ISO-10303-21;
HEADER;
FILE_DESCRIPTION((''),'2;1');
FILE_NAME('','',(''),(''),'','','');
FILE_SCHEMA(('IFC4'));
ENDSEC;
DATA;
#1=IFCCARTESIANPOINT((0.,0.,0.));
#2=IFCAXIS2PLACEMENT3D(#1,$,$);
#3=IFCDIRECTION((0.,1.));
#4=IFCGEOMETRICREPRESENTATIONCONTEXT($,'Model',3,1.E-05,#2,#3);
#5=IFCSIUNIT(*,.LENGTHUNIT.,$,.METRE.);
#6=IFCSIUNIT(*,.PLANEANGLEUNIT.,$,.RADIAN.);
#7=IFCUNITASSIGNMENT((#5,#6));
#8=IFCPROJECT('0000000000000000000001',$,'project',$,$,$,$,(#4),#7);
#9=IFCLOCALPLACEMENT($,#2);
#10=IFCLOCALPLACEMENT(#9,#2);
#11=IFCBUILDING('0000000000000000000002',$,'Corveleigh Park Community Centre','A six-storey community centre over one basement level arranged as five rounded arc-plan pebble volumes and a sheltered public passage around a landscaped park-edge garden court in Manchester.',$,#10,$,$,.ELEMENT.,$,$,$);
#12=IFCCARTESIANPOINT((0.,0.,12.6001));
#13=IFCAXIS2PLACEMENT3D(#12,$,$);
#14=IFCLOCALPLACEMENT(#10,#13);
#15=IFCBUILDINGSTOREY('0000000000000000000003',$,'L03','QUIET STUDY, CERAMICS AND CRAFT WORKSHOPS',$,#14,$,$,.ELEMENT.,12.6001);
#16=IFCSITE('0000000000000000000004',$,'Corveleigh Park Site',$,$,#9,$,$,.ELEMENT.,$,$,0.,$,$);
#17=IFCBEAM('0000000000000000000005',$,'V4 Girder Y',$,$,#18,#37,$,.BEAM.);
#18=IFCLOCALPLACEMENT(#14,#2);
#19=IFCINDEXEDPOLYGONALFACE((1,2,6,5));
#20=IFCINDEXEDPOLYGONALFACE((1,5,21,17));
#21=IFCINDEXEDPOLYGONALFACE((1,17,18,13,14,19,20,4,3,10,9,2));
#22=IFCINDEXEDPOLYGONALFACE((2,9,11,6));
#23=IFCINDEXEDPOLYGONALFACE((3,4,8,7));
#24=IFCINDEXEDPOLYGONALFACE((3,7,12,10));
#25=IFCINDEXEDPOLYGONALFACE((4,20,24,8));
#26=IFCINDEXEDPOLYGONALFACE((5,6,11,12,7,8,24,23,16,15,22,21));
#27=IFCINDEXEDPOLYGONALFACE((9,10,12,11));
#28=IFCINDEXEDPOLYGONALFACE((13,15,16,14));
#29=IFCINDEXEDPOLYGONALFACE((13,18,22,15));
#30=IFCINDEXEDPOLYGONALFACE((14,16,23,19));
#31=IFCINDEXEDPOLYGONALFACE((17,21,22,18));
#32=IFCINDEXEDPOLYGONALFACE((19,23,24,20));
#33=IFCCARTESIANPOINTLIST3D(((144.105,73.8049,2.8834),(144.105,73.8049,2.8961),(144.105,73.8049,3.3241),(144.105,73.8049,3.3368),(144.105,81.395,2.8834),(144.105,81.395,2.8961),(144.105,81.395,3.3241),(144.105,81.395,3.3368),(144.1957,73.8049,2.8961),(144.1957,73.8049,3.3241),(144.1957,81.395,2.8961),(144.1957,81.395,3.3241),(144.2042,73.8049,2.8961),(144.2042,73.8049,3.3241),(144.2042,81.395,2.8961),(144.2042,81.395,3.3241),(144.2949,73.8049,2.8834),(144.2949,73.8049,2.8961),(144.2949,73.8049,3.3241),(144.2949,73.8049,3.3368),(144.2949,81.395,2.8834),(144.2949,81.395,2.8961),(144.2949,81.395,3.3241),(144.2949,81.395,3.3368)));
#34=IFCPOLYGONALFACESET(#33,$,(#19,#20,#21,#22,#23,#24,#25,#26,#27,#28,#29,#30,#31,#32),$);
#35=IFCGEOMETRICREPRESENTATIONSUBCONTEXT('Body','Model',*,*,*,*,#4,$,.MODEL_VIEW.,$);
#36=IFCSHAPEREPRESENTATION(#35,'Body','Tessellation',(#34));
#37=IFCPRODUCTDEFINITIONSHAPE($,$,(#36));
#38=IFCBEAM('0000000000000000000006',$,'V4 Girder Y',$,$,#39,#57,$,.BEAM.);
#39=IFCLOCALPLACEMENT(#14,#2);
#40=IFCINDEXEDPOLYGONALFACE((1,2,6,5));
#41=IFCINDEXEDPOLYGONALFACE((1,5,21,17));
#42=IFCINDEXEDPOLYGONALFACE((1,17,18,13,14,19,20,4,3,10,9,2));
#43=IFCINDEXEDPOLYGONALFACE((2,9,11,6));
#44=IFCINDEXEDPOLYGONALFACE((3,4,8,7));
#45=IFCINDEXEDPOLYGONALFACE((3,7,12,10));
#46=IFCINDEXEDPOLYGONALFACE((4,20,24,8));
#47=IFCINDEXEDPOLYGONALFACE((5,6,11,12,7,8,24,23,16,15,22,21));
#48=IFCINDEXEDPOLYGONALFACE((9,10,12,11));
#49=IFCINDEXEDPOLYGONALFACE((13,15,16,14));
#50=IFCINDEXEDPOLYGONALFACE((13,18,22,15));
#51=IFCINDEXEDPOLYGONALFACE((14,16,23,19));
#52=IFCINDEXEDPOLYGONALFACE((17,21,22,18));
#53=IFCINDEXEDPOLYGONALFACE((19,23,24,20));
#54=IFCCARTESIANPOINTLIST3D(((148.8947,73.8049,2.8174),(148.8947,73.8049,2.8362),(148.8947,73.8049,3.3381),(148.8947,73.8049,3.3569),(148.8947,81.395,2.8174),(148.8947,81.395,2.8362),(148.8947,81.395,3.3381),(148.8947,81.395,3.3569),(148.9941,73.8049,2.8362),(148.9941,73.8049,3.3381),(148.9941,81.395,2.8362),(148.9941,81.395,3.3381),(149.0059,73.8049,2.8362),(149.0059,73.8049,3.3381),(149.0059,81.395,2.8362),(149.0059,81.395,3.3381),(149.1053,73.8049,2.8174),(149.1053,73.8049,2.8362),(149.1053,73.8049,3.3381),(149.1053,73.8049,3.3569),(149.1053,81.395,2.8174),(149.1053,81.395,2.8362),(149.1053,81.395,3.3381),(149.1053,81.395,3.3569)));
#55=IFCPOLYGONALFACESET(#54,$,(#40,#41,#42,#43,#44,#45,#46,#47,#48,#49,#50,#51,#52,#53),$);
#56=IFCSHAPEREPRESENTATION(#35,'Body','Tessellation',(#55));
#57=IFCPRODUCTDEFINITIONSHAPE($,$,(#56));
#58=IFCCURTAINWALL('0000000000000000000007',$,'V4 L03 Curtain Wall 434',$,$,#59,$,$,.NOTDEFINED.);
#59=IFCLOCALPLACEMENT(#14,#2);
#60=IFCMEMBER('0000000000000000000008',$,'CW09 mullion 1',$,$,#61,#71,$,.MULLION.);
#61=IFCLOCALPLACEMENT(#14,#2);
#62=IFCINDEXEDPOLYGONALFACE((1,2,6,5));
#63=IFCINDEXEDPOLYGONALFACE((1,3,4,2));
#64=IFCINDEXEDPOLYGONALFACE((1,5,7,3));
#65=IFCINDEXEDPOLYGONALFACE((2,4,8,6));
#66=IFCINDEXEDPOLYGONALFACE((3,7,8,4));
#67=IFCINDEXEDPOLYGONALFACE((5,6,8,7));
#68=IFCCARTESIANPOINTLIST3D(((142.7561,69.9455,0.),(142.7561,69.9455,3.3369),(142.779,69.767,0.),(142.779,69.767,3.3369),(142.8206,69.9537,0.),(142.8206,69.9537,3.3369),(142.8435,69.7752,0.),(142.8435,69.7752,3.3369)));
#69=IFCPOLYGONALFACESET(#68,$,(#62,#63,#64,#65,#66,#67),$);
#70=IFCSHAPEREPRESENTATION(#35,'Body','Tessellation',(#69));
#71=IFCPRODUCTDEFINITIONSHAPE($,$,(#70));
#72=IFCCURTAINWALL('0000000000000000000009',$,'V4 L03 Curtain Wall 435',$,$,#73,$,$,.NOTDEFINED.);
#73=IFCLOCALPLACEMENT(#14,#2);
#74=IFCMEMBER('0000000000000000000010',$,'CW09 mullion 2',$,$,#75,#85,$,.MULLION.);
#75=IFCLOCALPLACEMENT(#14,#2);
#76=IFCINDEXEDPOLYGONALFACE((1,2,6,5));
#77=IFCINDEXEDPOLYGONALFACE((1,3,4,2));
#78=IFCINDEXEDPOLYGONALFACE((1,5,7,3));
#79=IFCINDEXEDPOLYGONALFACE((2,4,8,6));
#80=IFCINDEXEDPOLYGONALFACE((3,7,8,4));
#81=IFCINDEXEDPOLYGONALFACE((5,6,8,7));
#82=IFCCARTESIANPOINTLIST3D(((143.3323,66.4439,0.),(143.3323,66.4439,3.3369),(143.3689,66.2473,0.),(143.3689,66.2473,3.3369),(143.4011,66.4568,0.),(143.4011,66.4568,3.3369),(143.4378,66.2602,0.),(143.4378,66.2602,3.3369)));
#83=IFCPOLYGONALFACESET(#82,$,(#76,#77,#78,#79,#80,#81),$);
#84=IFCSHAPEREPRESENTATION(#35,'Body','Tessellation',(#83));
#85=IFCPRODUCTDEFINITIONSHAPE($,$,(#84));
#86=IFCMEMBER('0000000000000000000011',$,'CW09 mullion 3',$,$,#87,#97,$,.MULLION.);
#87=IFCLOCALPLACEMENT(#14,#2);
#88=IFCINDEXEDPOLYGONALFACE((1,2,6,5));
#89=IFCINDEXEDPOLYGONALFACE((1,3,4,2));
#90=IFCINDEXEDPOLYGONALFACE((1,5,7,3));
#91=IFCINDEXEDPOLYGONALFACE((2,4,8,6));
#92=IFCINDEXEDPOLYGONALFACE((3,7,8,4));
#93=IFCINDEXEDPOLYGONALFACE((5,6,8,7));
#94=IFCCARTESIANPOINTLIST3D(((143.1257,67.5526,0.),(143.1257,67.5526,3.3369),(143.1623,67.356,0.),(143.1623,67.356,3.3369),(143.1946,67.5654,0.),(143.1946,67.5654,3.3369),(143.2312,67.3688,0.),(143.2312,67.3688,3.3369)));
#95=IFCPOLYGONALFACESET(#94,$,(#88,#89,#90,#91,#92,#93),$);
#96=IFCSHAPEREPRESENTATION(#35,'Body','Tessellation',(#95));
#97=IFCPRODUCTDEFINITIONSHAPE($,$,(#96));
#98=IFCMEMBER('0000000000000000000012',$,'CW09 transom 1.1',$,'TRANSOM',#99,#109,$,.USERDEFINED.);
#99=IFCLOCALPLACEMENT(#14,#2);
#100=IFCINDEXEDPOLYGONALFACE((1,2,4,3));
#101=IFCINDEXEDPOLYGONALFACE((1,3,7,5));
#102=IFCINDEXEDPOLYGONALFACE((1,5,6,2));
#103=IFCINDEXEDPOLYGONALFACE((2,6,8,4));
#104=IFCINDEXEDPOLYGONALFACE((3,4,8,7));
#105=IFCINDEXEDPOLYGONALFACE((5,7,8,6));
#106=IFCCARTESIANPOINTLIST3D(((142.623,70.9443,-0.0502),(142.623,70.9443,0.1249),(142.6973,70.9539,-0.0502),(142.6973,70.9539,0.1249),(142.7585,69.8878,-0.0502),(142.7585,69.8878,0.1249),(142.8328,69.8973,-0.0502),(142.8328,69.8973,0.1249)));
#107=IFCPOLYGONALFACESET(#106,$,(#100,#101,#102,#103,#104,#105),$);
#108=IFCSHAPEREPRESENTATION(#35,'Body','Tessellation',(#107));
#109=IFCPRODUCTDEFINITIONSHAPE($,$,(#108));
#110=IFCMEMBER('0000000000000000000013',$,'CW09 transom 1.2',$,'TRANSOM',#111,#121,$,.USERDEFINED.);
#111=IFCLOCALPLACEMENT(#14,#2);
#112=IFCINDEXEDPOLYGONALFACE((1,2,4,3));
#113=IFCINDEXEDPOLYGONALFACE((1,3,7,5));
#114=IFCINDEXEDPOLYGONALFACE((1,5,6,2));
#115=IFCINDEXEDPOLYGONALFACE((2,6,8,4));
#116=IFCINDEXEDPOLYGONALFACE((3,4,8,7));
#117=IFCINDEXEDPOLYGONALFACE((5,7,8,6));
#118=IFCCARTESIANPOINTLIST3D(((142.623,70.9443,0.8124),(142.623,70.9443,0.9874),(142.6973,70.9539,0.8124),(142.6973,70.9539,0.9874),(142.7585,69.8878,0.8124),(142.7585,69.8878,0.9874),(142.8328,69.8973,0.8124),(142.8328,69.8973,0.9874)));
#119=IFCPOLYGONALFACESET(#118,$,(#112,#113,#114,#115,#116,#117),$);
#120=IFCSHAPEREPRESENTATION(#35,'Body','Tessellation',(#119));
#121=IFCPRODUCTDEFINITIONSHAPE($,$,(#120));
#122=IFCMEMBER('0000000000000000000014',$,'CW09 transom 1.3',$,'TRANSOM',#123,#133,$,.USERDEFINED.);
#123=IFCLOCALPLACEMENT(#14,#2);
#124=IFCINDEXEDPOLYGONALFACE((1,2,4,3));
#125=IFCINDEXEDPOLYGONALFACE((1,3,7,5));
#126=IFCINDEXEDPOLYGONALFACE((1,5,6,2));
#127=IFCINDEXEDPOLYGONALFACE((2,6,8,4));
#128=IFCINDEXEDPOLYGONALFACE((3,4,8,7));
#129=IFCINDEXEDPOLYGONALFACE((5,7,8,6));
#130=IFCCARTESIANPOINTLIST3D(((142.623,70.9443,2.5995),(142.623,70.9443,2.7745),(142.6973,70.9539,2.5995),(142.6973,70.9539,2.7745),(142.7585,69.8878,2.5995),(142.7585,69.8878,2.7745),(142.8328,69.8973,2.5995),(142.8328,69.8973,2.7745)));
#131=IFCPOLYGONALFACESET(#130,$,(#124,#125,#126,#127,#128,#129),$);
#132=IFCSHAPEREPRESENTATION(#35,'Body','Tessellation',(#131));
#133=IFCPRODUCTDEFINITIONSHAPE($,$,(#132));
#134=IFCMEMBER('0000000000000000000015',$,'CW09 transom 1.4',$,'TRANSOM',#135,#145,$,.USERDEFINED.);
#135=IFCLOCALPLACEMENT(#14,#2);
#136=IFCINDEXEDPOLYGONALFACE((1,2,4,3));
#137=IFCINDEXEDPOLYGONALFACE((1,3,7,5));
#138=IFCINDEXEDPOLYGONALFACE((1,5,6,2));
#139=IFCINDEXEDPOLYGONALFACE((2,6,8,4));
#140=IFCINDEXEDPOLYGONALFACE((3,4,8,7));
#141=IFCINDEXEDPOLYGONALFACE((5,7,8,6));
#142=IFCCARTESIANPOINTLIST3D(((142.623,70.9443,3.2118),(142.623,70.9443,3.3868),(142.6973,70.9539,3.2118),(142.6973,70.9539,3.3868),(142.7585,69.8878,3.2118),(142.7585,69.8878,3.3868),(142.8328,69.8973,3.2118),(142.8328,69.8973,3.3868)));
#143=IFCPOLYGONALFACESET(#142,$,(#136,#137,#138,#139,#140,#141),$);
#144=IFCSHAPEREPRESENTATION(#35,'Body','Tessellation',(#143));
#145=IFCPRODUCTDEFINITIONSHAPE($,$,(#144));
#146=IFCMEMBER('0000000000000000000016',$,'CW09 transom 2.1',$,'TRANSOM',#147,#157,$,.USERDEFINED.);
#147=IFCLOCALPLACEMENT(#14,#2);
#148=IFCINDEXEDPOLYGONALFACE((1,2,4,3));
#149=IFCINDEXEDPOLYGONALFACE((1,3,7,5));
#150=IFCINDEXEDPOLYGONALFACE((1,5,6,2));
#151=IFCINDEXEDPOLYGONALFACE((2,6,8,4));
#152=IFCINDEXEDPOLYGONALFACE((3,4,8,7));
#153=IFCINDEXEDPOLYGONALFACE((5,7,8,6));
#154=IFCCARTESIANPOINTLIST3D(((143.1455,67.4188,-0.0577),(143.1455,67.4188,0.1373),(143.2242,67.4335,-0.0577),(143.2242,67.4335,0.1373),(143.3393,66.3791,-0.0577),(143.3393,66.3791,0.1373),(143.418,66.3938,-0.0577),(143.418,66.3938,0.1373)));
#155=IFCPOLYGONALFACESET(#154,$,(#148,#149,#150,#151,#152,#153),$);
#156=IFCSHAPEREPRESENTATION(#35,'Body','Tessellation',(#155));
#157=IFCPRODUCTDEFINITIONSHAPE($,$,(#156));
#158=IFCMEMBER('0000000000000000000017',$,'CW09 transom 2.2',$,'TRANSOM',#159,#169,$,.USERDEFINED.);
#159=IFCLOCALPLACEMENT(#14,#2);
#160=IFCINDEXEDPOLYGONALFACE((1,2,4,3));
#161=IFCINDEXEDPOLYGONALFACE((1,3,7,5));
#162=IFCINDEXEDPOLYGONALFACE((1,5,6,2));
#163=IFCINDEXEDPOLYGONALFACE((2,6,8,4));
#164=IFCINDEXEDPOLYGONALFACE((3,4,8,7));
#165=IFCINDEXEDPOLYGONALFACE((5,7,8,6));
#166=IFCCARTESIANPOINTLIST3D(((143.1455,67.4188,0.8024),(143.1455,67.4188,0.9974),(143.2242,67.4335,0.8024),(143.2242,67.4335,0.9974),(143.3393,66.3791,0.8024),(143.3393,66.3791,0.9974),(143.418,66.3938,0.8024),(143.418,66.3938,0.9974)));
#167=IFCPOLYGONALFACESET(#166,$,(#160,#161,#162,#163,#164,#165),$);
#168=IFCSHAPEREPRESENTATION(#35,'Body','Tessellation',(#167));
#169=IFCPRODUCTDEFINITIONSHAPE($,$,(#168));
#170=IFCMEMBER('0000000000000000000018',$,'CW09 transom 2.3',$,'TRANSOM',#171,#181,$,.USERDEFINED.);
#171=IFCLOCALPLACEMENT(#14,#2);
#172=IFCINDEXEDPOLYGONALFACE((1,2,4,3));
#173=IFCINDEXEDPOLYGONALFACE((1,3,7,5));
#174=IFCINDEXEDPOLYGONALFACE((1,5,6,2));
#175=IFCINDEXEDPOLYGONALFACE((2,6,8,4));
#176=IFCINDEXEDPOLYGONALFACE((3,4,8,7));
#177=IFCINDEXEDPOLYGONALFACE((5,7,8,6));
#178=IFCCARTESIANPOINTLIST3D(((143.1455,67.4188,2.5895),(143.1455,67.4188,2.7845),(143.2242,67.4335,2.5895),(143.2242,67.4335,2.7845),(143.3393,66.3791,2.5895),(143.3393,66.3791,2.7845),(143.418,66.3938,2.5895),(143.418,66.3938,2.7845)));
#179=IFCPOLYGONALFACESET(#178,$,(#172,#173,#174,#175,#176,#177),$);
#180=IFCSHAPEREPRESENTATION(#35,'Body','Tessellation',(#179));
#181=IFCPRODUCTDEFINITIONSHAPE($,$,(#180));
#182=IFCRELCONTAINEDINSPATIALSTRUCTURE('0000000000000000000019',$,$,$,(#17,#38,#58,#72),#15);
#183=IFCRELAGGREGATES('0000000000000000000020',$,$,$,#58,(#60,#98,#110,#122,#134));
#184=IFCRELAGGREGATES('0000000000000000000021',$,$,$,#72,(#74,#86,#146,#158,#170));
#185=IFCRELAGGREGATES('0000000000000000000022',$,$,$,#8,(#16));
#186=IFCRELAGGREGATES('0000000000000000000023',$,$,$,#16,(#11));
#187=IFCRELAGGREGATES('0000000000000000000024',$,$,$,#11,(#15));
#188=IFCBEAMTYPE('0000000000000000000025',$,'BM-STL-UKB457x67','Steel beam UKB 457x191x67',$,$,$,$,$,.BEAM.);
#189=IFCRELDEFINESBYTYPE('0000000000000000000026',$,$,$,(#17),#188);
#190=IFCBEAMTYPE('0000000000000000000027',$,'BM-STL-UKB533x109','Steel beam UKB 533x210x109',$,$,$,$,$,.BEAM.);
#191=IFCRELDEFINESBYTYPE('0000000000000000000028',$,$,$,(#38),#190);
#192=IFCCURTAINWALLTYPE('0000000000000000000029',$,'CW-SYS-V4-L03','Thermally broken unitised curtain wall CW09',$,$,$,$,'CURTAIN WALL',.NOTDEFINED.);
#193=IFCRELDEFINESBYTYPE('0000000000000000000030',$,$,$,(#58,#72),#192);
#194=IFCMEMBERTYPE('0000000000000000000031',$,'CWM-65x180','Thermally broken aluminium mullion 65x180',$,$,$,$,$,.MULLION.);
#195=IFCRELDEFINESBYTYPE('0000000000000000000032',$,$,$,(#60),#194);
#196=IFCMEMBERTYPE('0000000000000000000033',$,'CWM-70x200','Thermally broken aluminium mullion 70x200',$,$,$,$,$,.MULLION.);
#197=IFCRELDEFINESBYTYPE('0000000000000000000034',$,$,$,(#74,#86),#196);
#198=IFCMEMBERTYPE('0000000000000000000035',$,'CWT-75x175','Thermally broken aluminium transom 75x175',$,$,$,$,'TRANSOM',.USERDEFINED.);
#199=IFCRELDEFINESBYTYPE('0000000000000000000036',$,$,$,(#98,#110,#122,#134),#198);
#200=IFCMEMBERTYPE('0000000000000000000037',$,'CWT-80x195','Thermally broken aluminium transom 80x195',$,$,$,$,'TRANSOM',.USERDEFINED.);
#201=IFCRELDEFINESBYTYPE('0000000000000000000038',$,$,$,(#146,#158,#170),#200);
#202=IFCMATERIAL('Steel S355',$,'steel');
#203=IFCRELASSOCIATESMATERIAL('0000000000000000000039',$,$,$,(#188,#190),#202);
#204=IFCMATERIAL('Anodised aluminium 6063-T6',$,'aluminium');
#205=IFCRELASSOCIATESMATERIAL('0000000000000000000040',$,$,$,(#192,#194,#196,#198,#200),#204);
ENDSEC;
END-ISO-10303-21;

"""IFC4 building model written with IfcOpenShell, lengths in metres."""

from ifc_helpers import new_model, si_unit, direction, frame, origin, origin_2d, place, context, subcontext, project, spatial, rectangle, i_section, extrude, material, material_profile, profile_set, type_object, element, aggregate, save


model = new_model("IFC4")

# Units and contexts
model_context = context("Model", 3, precision=1e-05, world=origin(), true_north=direction((0.0, 1.0)))
body_context = subcontext(model_context, "Body", "Model", "MODEL_VIEW")
ifc_project = project(units=[si_unit("LENGTHUNIT", "METRE"), si_unit("PLANEANGLEUNIT", "RADIAN")], contexts=[model_context])

# Site, building, storey
site_placement = place(None, origin())
site = spatial("IfcSite", under=ifc_project, at=site_placement, Name="Corveleigh Park Site", CompositionType="ELEMENT", RefElevation=0.0)
building_placement = place(site_placement, origin())
building = spatial("IfcBuilding", under=site, at=building_placement, Name="Corveleigh Park Community Centre", Description="A six-storey community centre over one basement level arranged as five rounded arc-plan pebble volumes and a sheltered public passage around a landscaped park-edge garden court in Manchester.", CompositionType="ELEMENT")
storey_placement = place(building_placement, frame((0.0, 0.0, 12.6001)))
storey = spatial("IfcBuildingStorey", under=building, at=storey_placement, Name="L03", Description="QUIET STUDY, CERAMICS AND CRAFT WORKSHOPS", CompositionType="ELEMENT", Elevation=12.6001)

# Shared definitions
ifc_material_1 = material(Name="Steel S355", Category="steel")

# Beams
ifc_material_profile_1 = material_profile(ifc_material_1, i_section(OverallWidth=0.1899, OverallDepth=0.4534, WebThickness=0.0085, FlangeThickness=0.0127, at=origin_2d()), Name="UKB 457x191x67", Category="steel")
ifc_profile_set_1 = profile_set([ifc_material_profile_1], Name="Steel S355")
beam_type_1 = type_object("IfcBeamType", Name="BM-STL-UKB457x67", Description="Steel beam UKB 457x191x67", PredefinedType="BEAM", material=ifc_profile_set_1)
beam_1_placement = place(storey_placement, frame((144.2, 73.8049, 3.1101), z_axis=(0.0, 1.0, 0.0), x_axis=(-1.0, 0.0, 0.0)))
element("IfcBeam", 1, at=beam_1_placement, inside=storey, type_object=beam_type_1, Name="V4 Girder Y", PredefinedType="BEAM", context=body_context, shape_type="SweptSolid", body=[
    extrude(i_section(OverallWidth=0.1899, OverallDepth=0.4534, WebThickness=0.0085, FlangeThickness=0.0127, at=origin_2d()), origin(), (0.0, 0.0, 1.0), 7.5901),
])
ifc_material_profile_2 = material_profile(ifc_material_1, i_section(OverallWidth=0.2107, OverallDepth=0.5396, WebThickness=0.0117, FlangeThickness=0.0188, at=origin_2d()), Name="UKB 533x210x109", Category="steel")
ifc_profile_set_2 = profile_set([ifc_material_profile_2], Name="Steel S355")
beam_type_2 = type_object("IfcBeamType", Name="BM-STL-UKB533x109", Description="Steel beam UKB 533x210x109", PredefinedType="BEAM", material=ifc_profile_set_2)
beam_2_placement = place(storey_placement, frame((149.0, 73.8049, 3.0872), z_axis=(0.0, 1.0, 0.0), x_axis=(-1.0, 0.0, 0.0)))
element("IfcBeam", 2, at=beam_2_placement, inside=storey, type_object=beam_type_2, Name="V4 Girder Y", PredefinedType="BEAM", context=body_context, shape_type="SweptSolid", body=[
    extrude(i_section(OverallWidth=0.2107, OverallDepth=0.5396, WebThickness=0.0117, FlangeThickness=0.0188, at=origin_2d()), origin(), (0.0, 0.0, 1.0), 7.5901),
])

# Curtain wall, member
ifc_material_2 = material(Name="Anodised aluminium 6063-T6", Category="aluminium")
curtain_wall_type = type_object("IfcCurtainWallType", Name="CW-SYS-V4-L03", Description="Thermally broken unitised curtain wall CW09", ElementType="CURTAIN WALL", PredefinedType="NOTDEFINED", material=ifc_material_2)
curtain_wall_1_placement = place(storey_placement, origin())
curtain_wall_1 = element("IfcCurtainWall", 3, at=curtain_wall_1_placement, inside=storey, type_object=curtain_wall_type, Name="V4 L03 Curtain Wall 434", PredefinedType="NOTDEFINED")
ifc_material_profile_3 = material_profile(ifc_material_2, rectangle(XDim=0.0649, YDim=0.1799, at=origin_2d()), Name="ALU-M65x180", Category="aluminium")
ifc_profile_set_3 = profile_set([ifc_material_profile_3], Name="Anodised aluminium 6063-T6")
member_type_1 = type_object("IfcMemberType", Name="CWM-65x180", Description="Thermally broken aluminium mullion 65x180", PredefinedType="MULLION", material=ifc_profile_set_3)
member_1_placement = place(storey_placement, frame((142.7998, 69.8604, 0.0), z_axis=(0.0, 0.0, 1.0), x_axis=(-0.991869, -0.127262, 0.0)))
member_1 = element("IfcMember", 4, at=member_1_placement, type_object=member_type_1, Name="CW09 mullion 1", PredefinedType="MULLION", context=body_context, shape_type="SweptSolid", body=[
    extrude(rectangle(XDim=0.0649, YDim=0.1799, at=origin_2d()), origin(), (0.0, 0.0, 1.0), 3.3369),
])

# Curtain wall, members
curtain_wall_2_placement = place(storey_placement, origin())
curtain_wall_2 = element("IfcCurtainWall", 5, at=curtain_wall_2_placement, inside=storey, type_object=curtain_wall_type, Name="V4 L03 Curtain Wall 435", PredefinedType="NOTDEFINED")
ifc_material_profile_4 = material_profile(ifc_material_2, rectangle(XDim=0.0701, YDim=0.2, at=origin_2d()), Name="ALU-M70x200", Category="aluminium")
ifc_profile_set_4 = profile_set([ifc_material_profile_4], Name="Anodised aluminium 6063-T6")
member_type_2 = type_object("IfcMemberType", Name="CWM-70x200", Description="Thermally broken aluminium mullion 70x200", PredefinedType="MULLION", material=ifc_profile_set_4)
member_2_placement = place(storey_placement, frame((143.385, 66.3521, 0.0), z_axis=(0.0, 0.0, 1.0), x_axis=(-0.983076, -0.183198, 0.0)))
member_2 = element("IfcMember", 6, at=member_2_placement, type_object=member_type_2, Name="CW09 mullion 2", PredefinedType="MULLION", context=body_context, shape_type="SweptSolid", body=[
    extrude(rectangle(XDim=0.0701, YDim=0.2, at=origin_2d()), origin(), (0.0, 0.0, 1.0), 3.3369),
])
member_3_placement = place(storey_placement, frame((143.1785, 67.4607, 0.0), z_axis=(0.0, 0.0, 1.0), x_axis=(-0.983076, -0.183198, 0.0)))
member_3 = element("IfcMember", 7, at=member_3_placement, type_object=member_type_2, Name="CW09 mullion 3", PredefinedType="MULLION", context=body_context, shape_type="SweptSolid", body=[
    extrude(rectangle(XDim=0.0701, YDim=0.2, at=origin_2d()), origin(), (0.0, 0.0, 1.0), 3.3369),
])

# Members
ifc_material_profile_5 = material_profile(ifc_material_2, rectangle(XDim=0.075, YDim=0.175, at=origin_2d()), Name="ALU-T75x175", Category="aluminium")
ifc_profile_set_5 = profile_set([ifc_material_profile_5], Name="Anodised aluminium 6063-T6")
member_type_3 = type_object("IfcMemberType", Name="CWT-75x175", Description="Thermally broken aluminium transom 75x175", ElementType="TRANSOM", PredefinedType="USERDEFINED", material=ifc_profile_set_5)
member_4_placement = place(storey_placement, frame((142.7957, 69.8926, 0.0374), z_axis=(-0.127193, 0.991878, 0.0), x_axis=(-0.991878, -0.127193, 0.0)))
member_4 = element("IfcMember", 8, at=member_4_placement, type_object=member_type_3, Name="CW09 transom 1.1", ObjectType="TRANSOM", PredefinedType="USERDEFINED", context=body_context, shape_type="SweptSolid", body=[
    extrude(rectangle(XDim=0.075, YDim=0.175, at=origin_2d()), origin(), (0.0, 0.0, 1.0), 1.0652),
])
member_5_placement = place(storey_placement, frame((142.7957, 69.8926, 0.8999), z_axis=(-0.127193, 0.991878, 0.0), x_axis=(-0.991878, -0.127193, 0.0)))
member_5 = element("IfcMember", 9, at=member_5_placement, type_object=member_type_3, Name="CW09 transom 1.2", ObjectType="TRANSOM", PredefinedType="USERDEFINED", context=body_context, shape_type="SweptSolid", body=[
    extrude(rectangle(XDim=0.075, YDim=0.175, at=origin_2d()), origin(), (0.0, 0.0, 1.0), 1.0652),
])
member_6_placement = place(storey_placement, frame((142.7957, 69.8926, 2.687), z_axis=(-0.127193, 0.991878, 0.0), x_axis=(-0.991878, -0.127193, 0.0)))
member_6 = element("IfcMember", 10, at=member_6_placement, type_object=member_type_3, Name="CW09 transom 1.3", ObjectType="TRANSOM", PredefinedType="USERDEFINED", context=body_context, shape_type="SweptSolid", body=[
    extrude(rectangle(XDim=0.075, YDim=0.175, at=origin_2d()), origin(), (0.0, 0.0, 1.0), 1.0652),
])
member_7_placement = place(storey_placement, frame((142.7957, 69.8926, 3.2993), z_axis=(-0.127193, 0.991878, 0.0), x_axis=(-0.991878, -0.127193, 0.0)))
member_7 = element("IfcMember", 11, at=member_7_placement, type_object=member_type_3, Name="CW09 transom 1.4", ObjectType="TRANSOM", PredefinedType="USERDEFINED", context=body_context, shape_type="SweptSolid", body=[
    extrude(rectangle(XDim=0.075, YDim=0.175, at=origin_2d()), origin(), (0.0, 0.0, 1.0), 1.0652),
])
ifc_material_profile_6 = material_profile(ifc_material_2, rectangle(XDim=0.0801, YDim=0.1951, at=origin_2d()), Name="ALU-T80x195", Category="aluminium")
ifc_profile_set_6 = profile_set([ifc_material_profile_6], Name="Anodised aluminium 6063-T6")
member_type_4 = type_object("IfcMemberType", Name="CWT-80x195", Description="Thermally broken aluminium transom 80x195", ElementType="TRANSOM", PredefinedType="USERDEFINED", material=ifc_profile_set_6)
member_8_placement = place(storey_placement, frame((143.3787, 66.3865, 0.0398), z_axis=(-0.183271, 0.983062, 0.0), x_axis=(-0.983062, -0.183271, 0.0)))
member_8 = element("IfcMember", 12, at=member_8_placement, type_object=member_type_4, Name="CW09 transom 2.1", ObjectType="TRANSOM", PredefinedType="USERDEFINED", context=body_context, shape_type="SweptSolid", body=[
    extrude(rectangle(XDim=0.0801, YDim=0.1951, at=origin_2d()), origin(), (0.0, 0.0, 1.0), 1.0576),
])
member_9_placement = place(storey_placement, frame((143.3787, 66.3865, 0.8999), z_axis=(-0.183271, 0.983062, 0.0), x_axis=(-0.983062, -0.183271, 0.0)))
member_9 = element("IfcMember", 13, at=member_9_placement, type_object=member_type_4, Name="CW09 transom 2.2", ObjectType="TRANSOM", PredefinedType="USERDEFINED", context=body_context, shape_type="SweptSolid", body=[
    extrude(rectangle(XDim=0.0801, YDim=0.1951, at=origin_2d()), origin(), (0.0, 0.0, 1.0), 1.0576),
])
member_10_placement = place(storey_placement, frame((143.3787, 66.3865, 2.687), z_axis=(-0.183271, 0.983062, 0.0), x_axis=(-0.983062, -0.183271, 0.0)))
member_10 = element("IfcMember", 14, at=member_10_placement, type_object=member_type_4, Name="CW09 transom 2.3", ObjectType="TRANSOM", PredefinedType="USERDEFINED", context=body_context, shape_type="SweptSolid", body=[
    extrude(rectangle(XDim=0.0801, YDim=0.1951, at=origin_2d()), origin(), (0.0, 0.0, 1.0), 1.0576),
])

aggregate(curtain_wall_1, [member_1, member_4, member_5, member_6, member_7])
aggregate(curtain_wall_2, [member_2, member_3, member_8, member_9, member_10])

save(model, "model.ifc")
